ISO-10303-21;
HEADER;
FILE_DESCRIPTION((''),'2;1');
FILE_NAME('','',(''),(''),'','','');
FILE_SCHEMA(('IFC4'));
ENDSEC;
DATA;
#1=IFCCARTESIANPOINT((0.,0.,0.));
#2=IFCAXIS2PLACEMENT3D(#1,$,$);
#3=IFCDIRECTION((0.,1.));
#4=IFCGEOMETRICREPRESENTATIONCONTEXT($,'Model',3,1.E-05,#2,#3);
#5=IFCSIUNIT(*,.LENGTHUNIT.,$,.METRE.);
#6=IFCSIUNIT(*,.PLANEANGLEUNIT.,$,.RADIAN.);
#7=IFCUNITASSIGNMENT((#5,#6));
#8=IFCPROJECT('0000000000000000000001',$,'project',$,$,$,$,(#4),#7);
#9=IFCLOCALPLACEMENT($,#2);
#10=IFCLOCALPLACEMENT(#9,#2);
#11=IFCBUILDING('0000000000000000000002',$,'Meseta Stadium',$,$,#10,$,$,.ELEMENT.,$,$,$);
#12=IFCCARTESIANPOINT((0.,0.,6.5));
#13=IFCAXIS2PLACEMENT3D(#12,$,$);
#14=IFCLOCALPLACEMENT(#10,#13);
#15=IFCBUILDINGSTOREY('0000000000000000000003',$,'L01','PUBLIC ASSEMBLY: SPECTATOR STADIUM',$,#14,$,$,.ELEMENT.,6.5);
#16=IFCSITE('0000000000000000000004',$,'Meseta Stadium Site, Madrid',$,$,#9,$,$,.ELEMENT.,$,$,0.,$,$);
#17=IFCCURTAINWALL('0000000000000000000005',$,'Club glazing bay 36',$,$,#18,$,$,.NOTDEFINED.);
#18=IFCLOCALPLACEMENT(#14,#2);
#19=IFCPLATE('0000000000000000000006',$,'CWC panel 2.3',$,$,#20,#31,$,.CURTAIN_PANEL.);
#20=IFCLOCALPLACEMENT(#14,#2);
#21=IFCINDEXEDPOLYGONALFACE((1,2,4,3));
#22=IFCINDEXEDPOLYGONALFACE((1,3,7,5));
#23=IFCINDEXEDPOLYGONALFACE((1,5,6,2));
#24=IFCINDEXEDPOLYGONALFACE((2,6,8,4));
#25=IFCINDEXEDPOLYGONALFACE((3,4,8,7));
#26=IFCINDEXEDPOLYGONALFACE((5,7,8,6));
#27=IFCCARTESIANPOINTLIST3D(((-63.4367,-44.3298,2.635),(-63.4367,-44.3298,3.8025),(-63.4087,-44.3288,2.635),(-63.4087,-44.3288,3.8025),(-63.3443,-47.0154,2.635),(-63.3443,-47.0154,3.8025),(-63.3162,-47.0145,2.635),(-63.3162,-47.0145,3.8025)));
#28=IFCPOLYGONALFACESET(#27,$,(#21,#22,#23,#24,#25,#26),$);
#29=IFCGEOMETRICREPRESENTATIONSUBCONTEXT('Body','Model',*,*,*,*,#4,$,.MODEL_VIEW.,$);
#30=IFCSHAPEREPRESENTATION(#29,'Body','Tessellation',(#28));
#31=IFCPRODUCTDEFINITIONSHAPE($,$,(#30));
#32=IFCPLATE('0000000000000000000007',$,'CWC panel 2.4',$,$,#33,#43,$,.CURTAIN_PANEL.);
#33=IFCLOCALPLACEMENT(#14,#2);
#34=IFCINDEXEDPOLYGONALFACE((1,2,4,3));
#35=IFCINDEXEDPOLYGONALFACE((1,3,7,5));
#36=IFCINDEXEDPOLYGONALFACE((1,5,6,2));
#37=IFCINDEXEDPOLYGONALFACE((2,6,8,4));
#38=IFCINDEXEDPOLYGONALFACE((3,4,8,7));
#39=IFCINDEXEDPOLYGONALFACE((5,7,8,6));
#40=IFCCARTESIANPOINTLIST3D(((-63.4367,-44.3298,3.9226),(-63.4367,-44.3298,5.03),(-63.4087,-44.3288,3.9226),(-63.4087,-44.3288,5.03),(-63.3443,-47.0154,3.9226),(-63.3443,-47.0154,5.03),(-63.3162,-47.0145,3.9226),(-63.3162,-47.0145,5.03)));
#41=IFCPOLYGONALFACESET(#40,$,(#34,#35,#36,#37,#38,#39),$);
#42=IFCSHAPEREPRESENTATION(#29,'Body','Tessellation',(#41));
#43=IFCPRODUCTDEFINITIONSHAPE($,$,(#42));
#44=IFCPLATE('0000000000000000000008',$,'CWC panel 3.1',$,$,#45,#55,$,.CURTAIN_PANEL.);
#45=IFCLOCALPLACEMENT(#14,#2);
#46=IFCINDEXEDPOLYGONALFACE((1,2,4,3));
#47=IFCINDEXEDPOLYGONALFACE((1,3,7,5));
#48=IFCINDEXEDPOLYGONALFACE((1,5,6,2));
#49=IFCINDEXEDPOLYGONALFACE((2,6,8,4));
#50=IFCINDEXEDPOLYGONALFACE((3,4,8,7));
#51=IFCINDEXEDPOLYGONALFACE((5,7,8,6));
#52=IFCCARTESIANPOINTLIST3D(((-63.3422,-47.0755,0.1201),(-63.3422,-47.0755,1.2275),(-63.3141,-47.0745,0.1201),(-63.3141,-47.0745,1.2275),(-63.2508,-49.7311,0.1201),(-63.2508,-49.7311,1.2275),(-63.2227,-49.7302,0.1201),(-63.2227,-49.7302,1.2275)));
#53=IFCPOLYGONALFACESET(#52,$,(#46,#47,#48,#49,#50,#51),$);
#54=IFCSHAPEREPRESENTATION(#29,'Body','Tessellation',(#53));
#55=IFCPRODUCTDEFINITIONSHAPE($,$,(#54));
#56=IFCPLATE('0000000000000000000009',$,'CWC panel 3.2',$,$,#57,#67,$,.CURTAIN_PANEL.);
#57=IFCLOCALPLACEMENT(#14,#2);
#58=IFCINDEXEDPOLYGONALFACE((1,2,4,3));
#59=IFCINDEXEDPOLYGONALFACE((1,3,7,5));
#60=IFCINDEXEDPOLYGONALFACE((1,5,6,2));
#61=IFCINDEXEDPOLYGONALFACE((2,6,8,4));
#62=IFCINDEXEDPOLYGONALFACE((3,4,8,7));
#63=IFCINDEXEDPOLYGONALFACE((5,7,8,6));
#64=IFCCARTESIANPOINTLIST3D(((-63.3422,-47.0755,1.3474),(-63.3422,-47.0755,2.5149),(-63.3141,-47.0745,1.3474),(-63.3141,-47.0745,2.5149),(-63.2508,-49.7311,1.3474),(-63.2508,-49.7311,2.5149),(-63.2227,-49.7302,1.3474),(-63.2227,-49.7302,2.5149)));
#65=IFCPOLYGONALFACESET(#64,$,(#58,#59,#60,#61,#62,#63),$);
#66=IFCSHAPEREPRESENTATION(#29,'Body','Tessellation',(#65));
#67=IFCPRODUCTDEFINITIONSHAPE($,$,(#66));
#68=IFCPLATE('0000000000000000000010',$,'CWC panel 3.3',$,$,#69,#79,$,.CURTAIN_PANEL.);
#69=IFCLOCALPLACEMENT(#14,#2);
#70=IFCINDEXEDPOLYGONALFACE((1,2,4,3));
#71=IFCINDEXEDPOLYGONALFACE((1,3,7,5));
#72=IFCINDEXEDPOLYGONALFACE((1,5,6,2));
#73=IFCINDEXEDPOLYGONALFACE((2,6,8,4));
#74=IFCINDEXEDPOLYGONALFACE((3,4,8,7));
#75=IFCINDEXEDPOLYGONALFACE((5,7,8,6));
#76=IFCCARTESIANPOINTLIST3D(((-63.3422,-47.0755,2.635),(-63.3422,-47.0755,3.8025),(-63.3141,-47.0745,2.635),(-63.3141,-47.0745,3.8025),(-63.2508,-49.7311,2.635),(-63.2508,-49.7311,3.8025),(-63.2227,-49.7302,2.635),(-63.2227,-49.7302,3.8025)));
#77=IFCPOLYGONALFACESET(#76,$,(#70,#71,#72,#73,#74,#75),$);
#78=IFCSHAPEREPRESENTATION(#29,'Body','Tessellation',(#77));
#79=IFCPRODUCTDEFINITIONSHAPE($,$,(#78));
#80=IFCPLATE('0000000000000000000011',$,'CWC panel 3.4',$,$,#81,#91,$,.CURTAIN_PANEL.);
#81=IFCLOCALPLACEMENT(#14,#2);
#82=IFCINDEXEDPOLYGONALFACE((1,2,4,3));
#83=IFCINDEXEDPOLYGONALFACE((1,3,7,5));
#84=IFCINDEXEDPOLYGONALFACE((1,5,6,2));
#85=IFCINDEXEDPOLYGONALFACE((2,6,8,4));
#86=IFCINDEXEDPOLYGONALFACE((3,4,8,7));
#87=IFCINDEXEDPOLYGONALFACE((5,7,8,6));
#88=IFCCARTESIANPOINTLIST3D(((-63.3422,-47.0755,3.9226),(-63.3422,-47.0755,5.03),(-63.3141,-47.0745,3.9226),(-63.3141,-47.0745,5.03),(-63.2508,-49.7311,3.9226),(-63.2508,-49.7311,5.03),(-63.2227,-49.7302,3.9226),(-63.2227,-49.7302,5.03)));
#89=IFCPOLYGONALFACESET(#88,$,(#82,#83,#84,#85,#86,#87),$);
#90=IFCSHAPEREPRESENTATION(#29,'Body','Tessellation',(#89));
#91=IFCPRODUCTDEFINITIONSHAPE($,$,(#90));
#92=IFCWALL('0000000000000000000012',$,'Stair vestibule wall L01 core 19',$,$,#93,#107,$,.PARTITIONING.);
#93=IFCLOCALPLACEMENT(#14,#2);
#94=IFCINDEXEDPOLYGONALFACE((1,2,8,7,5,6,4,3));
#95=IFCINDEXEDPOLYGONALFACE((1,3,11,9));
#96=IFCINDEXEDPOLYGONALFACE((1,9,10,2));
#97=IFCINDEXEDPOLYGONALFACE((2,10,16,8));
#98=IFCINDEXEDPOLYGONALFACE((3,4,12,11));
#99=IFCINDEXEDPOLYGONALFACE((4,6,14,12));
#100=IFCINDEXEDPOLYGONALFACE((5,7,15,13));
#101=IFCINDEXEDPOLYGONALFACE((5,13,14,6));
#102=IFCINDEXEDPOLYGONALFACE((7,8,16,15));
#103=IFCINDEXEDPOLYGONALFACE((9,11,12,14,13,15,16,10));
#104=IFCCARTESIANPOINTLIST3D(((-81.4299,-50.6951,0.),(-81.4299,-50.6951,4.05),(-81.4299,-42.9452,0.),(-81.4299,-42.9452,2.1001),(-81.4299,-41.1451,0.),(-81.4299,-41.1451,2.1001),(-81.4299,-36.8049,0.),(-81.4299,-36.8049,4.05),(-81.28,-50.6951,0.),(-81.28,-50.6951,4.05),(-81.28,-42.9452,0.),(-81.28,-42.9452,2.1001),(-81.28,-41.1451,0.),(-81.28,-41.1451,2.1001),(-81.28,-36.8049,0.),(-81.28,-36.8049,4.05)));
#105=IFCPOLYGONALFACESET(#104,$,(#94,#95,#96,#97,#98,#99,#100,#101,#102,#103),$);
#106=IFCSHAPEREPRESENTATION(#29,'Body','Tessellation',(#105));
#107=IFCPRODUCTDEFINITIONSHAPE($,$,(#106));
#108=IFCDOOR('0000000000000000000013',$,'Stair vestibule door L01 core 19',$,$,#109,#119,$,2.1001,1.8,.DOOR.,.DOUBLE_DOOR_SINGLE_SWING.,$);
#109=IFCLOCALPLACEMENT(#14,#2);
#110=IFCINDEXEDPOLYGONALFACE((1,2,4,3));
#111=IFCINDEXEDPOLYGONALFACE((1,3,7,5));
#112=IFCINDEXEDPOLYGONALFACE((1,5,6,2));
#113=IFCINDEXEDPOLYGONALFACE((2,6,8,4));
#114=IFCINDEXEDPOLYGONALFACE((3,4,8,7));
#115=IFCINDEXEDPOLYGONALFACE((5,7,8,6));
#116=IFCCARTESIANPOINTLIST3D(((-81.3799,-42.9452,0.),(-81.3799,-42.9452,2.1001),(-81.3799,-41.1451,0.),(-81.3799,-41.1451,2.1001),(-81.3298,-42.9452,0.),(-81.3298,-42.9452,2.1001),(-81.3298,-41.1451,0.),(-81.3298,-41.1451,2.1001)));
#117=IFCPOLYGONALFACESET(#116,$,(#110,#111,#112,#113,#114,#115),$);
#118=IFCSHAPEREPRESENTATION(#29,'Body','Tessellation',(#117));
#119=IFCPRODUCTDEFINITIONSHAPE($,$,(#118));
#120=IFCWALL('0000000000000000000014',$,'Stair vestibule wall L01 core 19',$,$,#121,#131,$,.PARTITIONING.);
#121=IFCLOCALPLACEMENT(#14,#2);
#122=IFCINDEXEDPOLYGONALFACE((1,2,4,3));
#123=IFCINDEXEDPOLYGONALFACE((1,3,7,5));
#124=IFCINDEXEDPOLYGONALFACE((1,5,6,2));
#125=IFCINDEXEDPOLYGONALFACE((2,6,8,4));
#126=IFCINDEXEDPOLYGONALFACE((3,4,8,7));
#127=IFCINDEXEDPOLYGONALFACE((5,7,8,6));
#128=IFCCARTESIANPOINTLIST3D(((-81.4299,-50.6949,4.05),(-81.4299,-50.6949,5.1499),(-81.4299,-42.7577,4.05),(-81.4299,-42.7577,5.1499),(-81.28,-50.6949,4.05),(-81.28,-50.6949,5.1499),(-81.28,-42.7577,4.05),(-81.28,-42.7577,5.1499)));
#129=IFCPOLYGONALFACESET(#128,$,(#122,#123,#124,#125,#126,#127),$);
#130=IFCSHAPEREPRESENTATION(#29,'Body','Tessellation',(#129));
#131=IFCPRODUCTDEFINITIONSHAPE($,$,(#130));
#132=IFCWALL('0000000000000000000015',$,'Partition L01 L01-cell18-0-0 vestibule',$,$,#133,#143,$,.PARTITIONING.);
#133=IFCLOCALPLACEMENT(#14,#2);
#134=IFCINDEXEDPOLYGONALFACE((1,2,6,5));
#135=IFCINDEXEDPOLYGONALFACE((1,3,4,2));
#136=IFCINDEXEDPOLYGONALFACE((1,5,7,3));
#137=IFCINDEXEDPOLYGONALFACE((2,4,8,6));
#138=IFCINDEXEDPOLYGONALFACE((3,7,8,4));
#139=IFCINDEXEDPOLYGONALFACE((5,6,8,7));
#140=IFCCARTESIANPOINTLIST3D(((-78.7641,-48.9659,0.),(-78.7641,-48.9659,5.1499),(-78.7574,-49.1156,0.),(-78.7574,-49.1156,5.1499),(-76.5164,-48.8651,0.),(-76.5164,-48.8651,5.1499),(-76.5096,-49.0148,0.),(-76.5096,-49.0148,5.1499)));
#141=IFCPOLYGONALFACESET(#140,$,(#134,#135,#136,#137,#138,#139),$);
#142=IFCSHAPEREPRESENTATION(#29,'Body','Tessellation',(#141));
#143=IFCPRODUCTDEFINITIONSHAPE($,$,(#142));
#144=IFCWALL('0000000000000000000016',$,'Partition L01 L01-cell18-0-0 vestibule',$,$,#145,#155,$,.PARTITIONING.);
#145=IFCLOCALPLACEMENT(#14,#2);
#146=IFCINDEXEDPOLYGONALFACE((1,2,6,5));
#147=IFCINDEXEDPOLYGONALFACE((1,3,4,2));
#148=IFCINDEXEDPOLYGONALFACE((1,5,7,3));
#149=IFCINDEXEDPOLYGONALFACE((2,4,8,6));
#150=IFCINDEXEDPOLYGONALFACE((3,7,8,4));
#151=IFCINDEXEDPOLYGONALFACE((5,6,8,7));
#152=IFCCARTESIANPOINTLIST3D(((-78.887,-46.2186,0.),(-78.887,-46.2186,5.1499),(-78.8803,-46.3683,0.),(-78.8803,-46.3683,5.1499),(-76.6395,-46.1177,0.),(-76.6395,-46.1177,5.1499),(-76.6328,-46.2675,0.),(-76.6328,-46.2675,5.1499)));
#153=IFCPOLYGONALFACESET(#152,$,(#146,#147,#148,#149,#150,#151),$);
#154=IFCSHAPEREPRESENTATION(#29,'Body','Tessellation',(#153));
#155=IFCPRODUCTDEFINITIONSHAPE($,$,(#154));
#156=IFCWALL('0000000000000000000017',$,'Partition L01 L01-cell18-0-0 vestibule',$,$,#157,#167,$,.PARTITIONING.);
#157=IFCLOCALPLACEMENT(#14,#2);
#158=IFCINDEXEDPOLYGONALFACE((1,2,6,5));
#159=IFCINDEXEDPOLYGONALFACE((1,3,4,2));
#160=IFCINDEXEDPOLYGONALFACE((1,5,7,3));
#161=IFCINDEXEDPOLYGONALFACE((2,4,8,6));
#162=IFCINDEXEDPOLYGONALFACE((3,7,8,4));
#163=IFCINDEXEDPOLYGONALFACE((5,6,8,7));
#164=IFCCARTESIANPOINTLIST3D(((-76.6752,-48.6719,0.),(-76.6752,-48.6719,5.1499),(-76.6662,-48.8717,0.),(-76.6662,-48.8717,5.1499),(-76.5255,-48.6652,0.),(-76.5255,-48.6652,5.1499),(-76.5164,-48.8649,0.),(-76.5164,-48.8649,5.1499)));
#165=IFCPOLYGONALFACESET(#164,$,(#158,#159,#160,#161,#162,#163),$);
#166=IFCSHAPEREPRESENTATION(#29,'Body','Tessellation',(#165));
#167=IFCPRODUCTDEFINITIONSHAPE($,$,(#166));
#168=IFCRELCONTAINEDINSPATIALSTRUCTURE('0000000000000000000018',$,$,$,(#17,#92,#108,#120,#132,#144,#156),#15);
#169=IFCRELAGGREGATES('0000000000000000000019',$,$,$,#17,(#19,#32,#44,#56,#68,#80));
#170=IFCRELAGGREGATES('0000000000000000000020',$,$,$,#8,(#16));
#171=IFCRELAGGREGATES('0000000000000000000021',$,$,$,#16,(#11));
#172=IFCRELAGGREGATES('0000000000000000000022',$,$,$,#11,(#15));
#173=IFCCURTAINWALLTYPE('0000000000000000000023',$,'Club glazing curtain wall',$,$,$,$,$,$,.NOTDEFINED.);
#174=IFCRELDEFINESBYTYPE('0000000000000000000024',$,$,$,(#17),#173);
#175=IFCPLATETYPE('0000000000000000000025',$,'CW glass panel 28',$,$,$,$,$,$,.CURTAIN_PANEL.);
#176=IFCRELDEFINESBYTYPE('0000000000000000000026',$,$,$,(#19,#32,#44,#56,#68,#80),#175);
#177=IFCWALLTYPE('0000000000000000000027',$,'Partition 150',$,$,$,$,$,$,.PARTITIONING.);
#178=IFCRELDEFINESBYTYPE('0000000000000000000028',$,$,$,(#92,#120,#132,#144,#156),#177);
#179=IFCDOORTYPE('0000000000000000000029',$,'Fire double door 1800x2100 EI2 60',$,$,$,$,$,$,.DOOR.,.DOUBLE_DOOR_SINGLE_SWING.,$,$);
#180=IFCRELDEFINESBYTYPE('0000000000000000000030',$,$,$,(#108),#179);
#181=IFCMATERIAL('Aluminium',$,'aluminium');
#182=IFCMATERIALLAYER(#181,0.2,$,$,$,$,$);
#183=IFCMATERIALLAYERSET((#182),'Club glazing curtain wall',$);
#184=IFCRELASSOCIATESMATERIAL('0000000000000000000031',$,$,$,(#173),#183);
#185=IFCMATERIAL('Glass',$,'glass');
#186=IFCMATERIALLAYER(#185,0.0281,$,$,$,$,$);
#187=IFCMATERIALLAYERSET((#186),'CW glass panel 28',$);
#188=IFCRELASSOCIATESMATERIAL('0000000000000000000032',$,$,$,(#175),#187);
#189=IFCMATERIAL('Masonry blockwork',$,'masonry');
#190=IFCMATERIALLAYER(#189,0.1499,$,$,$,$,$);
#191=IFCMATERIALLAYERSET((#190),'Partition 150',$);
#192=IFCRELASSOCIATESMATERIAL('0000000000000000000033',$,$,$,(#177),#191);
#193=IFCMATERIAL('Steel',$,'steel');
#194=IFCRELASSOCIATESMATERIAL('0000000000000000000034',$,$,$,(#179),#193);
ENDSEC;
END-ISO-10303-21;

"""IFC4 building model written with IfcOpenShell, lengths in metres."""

from ifc_helpers import new_model, si_unit, direction, frame, frame_2d, origin, origin_2d, place, context, subcontext, project, spatial, rectangle, extrude, material, layer, layer_set, type_object, element, fill, aggregate, save


model = new_model("IFC4")

# Units and contexts
model_context = context("Model", 3, precision=1e-05, world=origin(), true_north=direction((0.0, 1.0)))
body_context = subcontext(model_context, "Body", "Model", "MODEL_VIEW")
ifc_project = project(units=[si_unit("LENGTHUNIT", "METRE"), si_unit("PLANEANGLEUNIT", "RADIAN")], contexts=[model_context])

# Site, building, storey
site_placement = place(None, origin())
site = spatial("IfcSite", under=ifc_project, at=site_placement, Name="Meseta Stadium Site, Madrid", CompositionType="ELEMENT", RefElevation=0.0)
building_placement = place(site_placement, origin())
building = spatial("IfcBuilding", under=site, at=building_placement, Name="Meseta Stadium", CompositionType="ELEMENT")
storey_placement = place(building_placement, frame((0.0, 0.0, 6.5)))
storey = spatial("IfcBuildingStorey", under=building, at=storey_placement, Name="L01", Description="PUBLIC ASSEMBLY: SPECTATOR STADIUM", CompositionType="ELEMENT", Elevation=6.5)

# Curtain wall
ifc_material_1 = material(Name="Aluminium", Category="aluminium")
ifc_layer_1 = layer(ifc_material_1, 0.2)
ifc_layer_set_1 = layer_set([ifc_layer_1], Name="Club glazing curtain wall")
curtain_wall_type = type_object("IfcCurtainWallType", Name="Club glazing curtain wall", PredefinedType="NOTDEFINED", material=ifc_layer_set_1)
curtain_wall_1_placement = place(storey_placement, origin())
curtain_wall_1 = element("IfcCurtainWall", 1, at=curtain_wall_1_placement, inside=storey, type_object=curtain_wall_type, Name="Club glazing bay 36", PredefinedType="NOTDEFINED")

# Plates
ifc_material_2 = material(Name="Glass", Category="glass")
ifc_layer_2 = layer(ifc_material_2, 0.0281)
ifc_layer_set_2 = layer_set([ifc_layer_2], Name="CW glass panel 28")
plate_type = type_object("IfcPlateType", Name="CW glass panel 28", PredefinedType="CURTAIN_PANEL", material=ifc_layer_set_2)
plate_1_placement = place(storey_placement, frame((-63.3765, -45.6721, 2.635), z_axis=(0.0, 0.0, 1.0), x_axis=(0.034398, -0.999408, 0.0)))
plate_1 = element("IfcPlate", 2, at=plate_1_placement, type_object=plate_type, Name="CWC panel 2.3", PredefinedType="CURTAIN_PANEL", context=body_context, shape_type="SweptSolid", body=[
    extrude(rectangle(XDim=2.6873, YDim=0.0281, at=origin_2d()), origin(), (0.0, 0.0, 1.0), 1.1675),
])
plate_2_placement = place(storey_placement, frame((-63.3765, -45.6721, 3.9226), z_axis=(0.0, 0.0, 1.0), x_axis=(0.034398, -0.999408, 0.0)))
plate_2 = element("IfcPlate", 3, at=plate_2_placement, type_object=plate_type, Name="CWC panel 2.4", PredefinedType="CURTAIN_PANEL", context=body_context, shape_type="SweptSolid", body=[
    extrude(rectangle(XDim=2.6873, YDim=0.0281, at=origin_2d()), origin(), (0.0, 0.0, 1.0), 1.1074),
])
plate_3_placement = place(storey_placement, frame((-63.2825, -48.4028, 0.1201), z_axis=(0.0, 0.0, 1.0), x_axis=(0.034398, -0.999408, 0.0)))
plate_3 = element("IfcPlate", 4, at=plate_3_placement, type_object=plate_type, Name="CWC panel 3.1", PredefinedType="CURTAIN_PANEL", context=body_context, shape_type="SweptSolid", body=[
    extrude(rectangle(XDim=2.6572, YDim=0.0281, at=origin_2d()), origin(), (0.0, 0.0, 1.0), 1.1074),
])
plate_4_placement = place(storey_placement, frame((-63.2825, -48.4028, 1.3474), z_axis=(0.0, 0.0, 1.0), x_axis=(0.034398, -0.999408, 0.0)))
plate_4 = element("IfcPlate", 5, at=plate_4_placement, type_object=plate_type, Name="CWC panel 3.2", PredefinedType="CURTAIN_PANEL", context=body_context, shape_type="SweptSolid", body=[
    extrude(rectangle(XDim=2.6572, YDim=0.0281, at=origin_2d()), origin(), (0.0, 0.0, 1.0), 1.1675),
])
plate_5_placement = place(storey_placement, frame((-63.2825, -48.4028, 2.635), z_axis=(0.0, 0.0, 1.0), x_axis=(0.034398, -0.999408, 0.0)))
plate_5 = element("IfcPlate", 6, at=plate_5_placement, type_object=plate_type, Name="CWC panel 3.3", PredefinedType="CURTAIN_PANEL", context=body_context, shape_type="SweptSolid", body=[
    extrude(rectangle(XDim=2.6572, YDim=0.0281, at=origin_2d()), origin(), (0.0, 0.0, 1.0), 1.1675),
])
plate_6_placement = place(storey_placement, frame((-63.2825, -48.4028, 3.9226), z_axis=(0.0, 0.0, 1.0), x_axis=(0.034398, -0.999408, 0.0)))
plate_6 = element("IfcPlate", 7, at=plate_6_placement, type_object=plate_type, Name="CWC panel 3.4", PredefinedType="CURTAIN_PANEL", context=body_context, shape_type="SweptSolid", body=[
    extrude(rectangle(XDim=2.6572, YDim=0.0281, at=origin_2d()), origin(), (0.0, 0.0, 1.0), 1.1074),
])
aggregate(curtain_wall_1, [plate_1, plate_2, plate_3, plate_4, plate_5, plate_6])

# Wall, opening, door
ifc_material_3 = material(Name="Masonry blockwork", Category="masonry")
ifc_layer_3 = layer(ifc_material_3, 0.1499)
ifc_layer_set_3 = layer_set([ifc_layer_3], Name="Partition 150")
wall_type = type_object("IfcWallType", Name="Partition 150", PredefinedType="PARTITIONING", material=ifc_layer_set_3)
wall_1_placement = place(storey_placement, frame((-81.355, -50.6951, 0.0), z_axis=(0.0, 0.0, 1.0), x_axis=(0.0, 1.0, 0.0)))
wall_1 = element("IfcWall", 8, at=wall_1_placement, inside=storey, type_object=wall_type, Name="Stair vestibule wall L01 core 19", PredefinedType="PARTITIONING", context=body_context, shape_type="SweptSolid", body=[
    extrude(rectangle(XDim=13.8901, YDim=0.1499, at=frame_2d((6.9451, 0.0))), origin(), (0.0, 0.0, 1.0), 4.05),
])
opening_1_placement = place(wall_1_placement, frame((7.75, 0.0, 0.0)))
opening_1 = element("IfcOpeningElement", 9, at=opening_1_placement, cuts=wall_1, PredefinedType="OPENING", context=body_context, shape_type="SweptSolid", body=[
    extrude(rectangle(XDim=1.8, YDim=2.1001, at=frame_2d((0.8999, 1.05))), frame((0.0, 0.085, 0.0), z_axis=(0.0, -1.0, 0.0), x_axis=(1.0, 0.0, 0.0)), (0.0, 0.0, 1.0), 0.1699),
])
ifc_material_4 = material(Name="Steel", Category="steel")
door_type = type_object("IfcDoorType", Name="Fire double door 1800x2100 EI2 60", OperationType="DOUBLE_DOOR_SINGLE_SWING", PredefinedType="DOOR", material=ifc_material_4)
door_1_placement = place(opening_1_placement, origin())
door_1 = element("IfcDoor", 10, at=door_1_placement, inside=storey, type_object=door_type, Name="Stair vestibule door L01 core 19", OperationType="DOUBLE_DOOR_SINGLE_SWING", OverallHeight=2.1001, OverallWidth=1.8, PredefinedType="DOOR", context=body_context, shape_type="SweptSolid", body=[
    extrude(rectangle(XDim=1.8, YDim=2.1001, at=frame_2d((0.8999, 1.05))), frame((0.0, 0.0249, 0.0), z_axis=(0.0, -1.0, 0.0), x_axis=(1.0, 0.0, 0.0)), (0.0, 0.0, 1.0), 0.05),
])
fill(opening_1, door_1)

# Walls
wall_2_placement = place(storey_placement, frame((-81.355, -50.6951, 4.05), z_axis=(0.0, 0.0, 1.0), x_axis=(0.0, 1.0, 0.0)))
element("IfcWall", 11, at=wall_2_placement, inside=storey, type_object=wall_type, Name="Stair vestibule wall L01 core 19", PredefinedType="PARTITIONING", context=body_context, shape_type="SweptSolid", body=[
    extrude(rectangle(XDim=7.9373, YDim=0.1499, at=frame_2d((3.9688, 0.0))), origin(), (0.0, 0.0, 1.0), 1.0999),
])
wall_3_placement = place(storey_placement, frame((-78.7607, -49.0408, 0.0), z_axis=(0.0, 0.0, 1.0), x_axis=(0.998995, 0.044812, 0.0)))
element("IfcWall", 12, at=wall_3_placement, inside=storey, type_object=wall_type, Name="Partition L01 L01-cell18-0-0 vestibule", PredefinedType="PARTITIONING", context=body_context, shape_type="SweptSolid", body=[
    extrude(rectangle(XDim=2.25, YDim=0.1499, at=frame_2d((1.125, 0.0))), origin(), (0.0, 0.0, 1.0), 5.1499),
])
wall_4_placement = place(storey_placement, frame((-78.8838, -46.2935, 0.0), z_axis=(0.0, 0.0, 1.0), x_axis=(0.998995, 0.044817, 0.0)))
element("IfcWall", 13, at=wall_4_placement, inside=storey, type_object=wall_type, Name="Partition L01 L01-cell18-0-0 vestibule", PredefinedType="PARTITIONING", context=body_context, shape_type="SweptSolid", body=[
    extrude(rectangle(XDim=2.2498, YDim=0.1499, at=frame_2d((1.125, 0.0))), origin(), (0.0, 0.0, 1.0), 5.1499),
])
wall_5_placement = place(storey_placement, frame((-76.5913, -48.8684, 0.0), z_axis=(0.0, 0.0, 1.0), x_axis=(-0.045186, 0.998979, 0.0)))
element("IfcWall", 14, at=wall_5_placement, inside=storey, type_object=wall_type, Name="Partition L01 L01-cell18-0-0 vestibule", PredefinedType="PARTITIONING", context=body_context, shape_type="SweptSolid", body=[
    extrude(rectangle(XDim=0.2, YDim=0.1499, at=frame_2d((0.1001, 0.0))), origin(), (0.0, 0.0, 1.0), 5.1499),
])

save(model, "model.ifc")
